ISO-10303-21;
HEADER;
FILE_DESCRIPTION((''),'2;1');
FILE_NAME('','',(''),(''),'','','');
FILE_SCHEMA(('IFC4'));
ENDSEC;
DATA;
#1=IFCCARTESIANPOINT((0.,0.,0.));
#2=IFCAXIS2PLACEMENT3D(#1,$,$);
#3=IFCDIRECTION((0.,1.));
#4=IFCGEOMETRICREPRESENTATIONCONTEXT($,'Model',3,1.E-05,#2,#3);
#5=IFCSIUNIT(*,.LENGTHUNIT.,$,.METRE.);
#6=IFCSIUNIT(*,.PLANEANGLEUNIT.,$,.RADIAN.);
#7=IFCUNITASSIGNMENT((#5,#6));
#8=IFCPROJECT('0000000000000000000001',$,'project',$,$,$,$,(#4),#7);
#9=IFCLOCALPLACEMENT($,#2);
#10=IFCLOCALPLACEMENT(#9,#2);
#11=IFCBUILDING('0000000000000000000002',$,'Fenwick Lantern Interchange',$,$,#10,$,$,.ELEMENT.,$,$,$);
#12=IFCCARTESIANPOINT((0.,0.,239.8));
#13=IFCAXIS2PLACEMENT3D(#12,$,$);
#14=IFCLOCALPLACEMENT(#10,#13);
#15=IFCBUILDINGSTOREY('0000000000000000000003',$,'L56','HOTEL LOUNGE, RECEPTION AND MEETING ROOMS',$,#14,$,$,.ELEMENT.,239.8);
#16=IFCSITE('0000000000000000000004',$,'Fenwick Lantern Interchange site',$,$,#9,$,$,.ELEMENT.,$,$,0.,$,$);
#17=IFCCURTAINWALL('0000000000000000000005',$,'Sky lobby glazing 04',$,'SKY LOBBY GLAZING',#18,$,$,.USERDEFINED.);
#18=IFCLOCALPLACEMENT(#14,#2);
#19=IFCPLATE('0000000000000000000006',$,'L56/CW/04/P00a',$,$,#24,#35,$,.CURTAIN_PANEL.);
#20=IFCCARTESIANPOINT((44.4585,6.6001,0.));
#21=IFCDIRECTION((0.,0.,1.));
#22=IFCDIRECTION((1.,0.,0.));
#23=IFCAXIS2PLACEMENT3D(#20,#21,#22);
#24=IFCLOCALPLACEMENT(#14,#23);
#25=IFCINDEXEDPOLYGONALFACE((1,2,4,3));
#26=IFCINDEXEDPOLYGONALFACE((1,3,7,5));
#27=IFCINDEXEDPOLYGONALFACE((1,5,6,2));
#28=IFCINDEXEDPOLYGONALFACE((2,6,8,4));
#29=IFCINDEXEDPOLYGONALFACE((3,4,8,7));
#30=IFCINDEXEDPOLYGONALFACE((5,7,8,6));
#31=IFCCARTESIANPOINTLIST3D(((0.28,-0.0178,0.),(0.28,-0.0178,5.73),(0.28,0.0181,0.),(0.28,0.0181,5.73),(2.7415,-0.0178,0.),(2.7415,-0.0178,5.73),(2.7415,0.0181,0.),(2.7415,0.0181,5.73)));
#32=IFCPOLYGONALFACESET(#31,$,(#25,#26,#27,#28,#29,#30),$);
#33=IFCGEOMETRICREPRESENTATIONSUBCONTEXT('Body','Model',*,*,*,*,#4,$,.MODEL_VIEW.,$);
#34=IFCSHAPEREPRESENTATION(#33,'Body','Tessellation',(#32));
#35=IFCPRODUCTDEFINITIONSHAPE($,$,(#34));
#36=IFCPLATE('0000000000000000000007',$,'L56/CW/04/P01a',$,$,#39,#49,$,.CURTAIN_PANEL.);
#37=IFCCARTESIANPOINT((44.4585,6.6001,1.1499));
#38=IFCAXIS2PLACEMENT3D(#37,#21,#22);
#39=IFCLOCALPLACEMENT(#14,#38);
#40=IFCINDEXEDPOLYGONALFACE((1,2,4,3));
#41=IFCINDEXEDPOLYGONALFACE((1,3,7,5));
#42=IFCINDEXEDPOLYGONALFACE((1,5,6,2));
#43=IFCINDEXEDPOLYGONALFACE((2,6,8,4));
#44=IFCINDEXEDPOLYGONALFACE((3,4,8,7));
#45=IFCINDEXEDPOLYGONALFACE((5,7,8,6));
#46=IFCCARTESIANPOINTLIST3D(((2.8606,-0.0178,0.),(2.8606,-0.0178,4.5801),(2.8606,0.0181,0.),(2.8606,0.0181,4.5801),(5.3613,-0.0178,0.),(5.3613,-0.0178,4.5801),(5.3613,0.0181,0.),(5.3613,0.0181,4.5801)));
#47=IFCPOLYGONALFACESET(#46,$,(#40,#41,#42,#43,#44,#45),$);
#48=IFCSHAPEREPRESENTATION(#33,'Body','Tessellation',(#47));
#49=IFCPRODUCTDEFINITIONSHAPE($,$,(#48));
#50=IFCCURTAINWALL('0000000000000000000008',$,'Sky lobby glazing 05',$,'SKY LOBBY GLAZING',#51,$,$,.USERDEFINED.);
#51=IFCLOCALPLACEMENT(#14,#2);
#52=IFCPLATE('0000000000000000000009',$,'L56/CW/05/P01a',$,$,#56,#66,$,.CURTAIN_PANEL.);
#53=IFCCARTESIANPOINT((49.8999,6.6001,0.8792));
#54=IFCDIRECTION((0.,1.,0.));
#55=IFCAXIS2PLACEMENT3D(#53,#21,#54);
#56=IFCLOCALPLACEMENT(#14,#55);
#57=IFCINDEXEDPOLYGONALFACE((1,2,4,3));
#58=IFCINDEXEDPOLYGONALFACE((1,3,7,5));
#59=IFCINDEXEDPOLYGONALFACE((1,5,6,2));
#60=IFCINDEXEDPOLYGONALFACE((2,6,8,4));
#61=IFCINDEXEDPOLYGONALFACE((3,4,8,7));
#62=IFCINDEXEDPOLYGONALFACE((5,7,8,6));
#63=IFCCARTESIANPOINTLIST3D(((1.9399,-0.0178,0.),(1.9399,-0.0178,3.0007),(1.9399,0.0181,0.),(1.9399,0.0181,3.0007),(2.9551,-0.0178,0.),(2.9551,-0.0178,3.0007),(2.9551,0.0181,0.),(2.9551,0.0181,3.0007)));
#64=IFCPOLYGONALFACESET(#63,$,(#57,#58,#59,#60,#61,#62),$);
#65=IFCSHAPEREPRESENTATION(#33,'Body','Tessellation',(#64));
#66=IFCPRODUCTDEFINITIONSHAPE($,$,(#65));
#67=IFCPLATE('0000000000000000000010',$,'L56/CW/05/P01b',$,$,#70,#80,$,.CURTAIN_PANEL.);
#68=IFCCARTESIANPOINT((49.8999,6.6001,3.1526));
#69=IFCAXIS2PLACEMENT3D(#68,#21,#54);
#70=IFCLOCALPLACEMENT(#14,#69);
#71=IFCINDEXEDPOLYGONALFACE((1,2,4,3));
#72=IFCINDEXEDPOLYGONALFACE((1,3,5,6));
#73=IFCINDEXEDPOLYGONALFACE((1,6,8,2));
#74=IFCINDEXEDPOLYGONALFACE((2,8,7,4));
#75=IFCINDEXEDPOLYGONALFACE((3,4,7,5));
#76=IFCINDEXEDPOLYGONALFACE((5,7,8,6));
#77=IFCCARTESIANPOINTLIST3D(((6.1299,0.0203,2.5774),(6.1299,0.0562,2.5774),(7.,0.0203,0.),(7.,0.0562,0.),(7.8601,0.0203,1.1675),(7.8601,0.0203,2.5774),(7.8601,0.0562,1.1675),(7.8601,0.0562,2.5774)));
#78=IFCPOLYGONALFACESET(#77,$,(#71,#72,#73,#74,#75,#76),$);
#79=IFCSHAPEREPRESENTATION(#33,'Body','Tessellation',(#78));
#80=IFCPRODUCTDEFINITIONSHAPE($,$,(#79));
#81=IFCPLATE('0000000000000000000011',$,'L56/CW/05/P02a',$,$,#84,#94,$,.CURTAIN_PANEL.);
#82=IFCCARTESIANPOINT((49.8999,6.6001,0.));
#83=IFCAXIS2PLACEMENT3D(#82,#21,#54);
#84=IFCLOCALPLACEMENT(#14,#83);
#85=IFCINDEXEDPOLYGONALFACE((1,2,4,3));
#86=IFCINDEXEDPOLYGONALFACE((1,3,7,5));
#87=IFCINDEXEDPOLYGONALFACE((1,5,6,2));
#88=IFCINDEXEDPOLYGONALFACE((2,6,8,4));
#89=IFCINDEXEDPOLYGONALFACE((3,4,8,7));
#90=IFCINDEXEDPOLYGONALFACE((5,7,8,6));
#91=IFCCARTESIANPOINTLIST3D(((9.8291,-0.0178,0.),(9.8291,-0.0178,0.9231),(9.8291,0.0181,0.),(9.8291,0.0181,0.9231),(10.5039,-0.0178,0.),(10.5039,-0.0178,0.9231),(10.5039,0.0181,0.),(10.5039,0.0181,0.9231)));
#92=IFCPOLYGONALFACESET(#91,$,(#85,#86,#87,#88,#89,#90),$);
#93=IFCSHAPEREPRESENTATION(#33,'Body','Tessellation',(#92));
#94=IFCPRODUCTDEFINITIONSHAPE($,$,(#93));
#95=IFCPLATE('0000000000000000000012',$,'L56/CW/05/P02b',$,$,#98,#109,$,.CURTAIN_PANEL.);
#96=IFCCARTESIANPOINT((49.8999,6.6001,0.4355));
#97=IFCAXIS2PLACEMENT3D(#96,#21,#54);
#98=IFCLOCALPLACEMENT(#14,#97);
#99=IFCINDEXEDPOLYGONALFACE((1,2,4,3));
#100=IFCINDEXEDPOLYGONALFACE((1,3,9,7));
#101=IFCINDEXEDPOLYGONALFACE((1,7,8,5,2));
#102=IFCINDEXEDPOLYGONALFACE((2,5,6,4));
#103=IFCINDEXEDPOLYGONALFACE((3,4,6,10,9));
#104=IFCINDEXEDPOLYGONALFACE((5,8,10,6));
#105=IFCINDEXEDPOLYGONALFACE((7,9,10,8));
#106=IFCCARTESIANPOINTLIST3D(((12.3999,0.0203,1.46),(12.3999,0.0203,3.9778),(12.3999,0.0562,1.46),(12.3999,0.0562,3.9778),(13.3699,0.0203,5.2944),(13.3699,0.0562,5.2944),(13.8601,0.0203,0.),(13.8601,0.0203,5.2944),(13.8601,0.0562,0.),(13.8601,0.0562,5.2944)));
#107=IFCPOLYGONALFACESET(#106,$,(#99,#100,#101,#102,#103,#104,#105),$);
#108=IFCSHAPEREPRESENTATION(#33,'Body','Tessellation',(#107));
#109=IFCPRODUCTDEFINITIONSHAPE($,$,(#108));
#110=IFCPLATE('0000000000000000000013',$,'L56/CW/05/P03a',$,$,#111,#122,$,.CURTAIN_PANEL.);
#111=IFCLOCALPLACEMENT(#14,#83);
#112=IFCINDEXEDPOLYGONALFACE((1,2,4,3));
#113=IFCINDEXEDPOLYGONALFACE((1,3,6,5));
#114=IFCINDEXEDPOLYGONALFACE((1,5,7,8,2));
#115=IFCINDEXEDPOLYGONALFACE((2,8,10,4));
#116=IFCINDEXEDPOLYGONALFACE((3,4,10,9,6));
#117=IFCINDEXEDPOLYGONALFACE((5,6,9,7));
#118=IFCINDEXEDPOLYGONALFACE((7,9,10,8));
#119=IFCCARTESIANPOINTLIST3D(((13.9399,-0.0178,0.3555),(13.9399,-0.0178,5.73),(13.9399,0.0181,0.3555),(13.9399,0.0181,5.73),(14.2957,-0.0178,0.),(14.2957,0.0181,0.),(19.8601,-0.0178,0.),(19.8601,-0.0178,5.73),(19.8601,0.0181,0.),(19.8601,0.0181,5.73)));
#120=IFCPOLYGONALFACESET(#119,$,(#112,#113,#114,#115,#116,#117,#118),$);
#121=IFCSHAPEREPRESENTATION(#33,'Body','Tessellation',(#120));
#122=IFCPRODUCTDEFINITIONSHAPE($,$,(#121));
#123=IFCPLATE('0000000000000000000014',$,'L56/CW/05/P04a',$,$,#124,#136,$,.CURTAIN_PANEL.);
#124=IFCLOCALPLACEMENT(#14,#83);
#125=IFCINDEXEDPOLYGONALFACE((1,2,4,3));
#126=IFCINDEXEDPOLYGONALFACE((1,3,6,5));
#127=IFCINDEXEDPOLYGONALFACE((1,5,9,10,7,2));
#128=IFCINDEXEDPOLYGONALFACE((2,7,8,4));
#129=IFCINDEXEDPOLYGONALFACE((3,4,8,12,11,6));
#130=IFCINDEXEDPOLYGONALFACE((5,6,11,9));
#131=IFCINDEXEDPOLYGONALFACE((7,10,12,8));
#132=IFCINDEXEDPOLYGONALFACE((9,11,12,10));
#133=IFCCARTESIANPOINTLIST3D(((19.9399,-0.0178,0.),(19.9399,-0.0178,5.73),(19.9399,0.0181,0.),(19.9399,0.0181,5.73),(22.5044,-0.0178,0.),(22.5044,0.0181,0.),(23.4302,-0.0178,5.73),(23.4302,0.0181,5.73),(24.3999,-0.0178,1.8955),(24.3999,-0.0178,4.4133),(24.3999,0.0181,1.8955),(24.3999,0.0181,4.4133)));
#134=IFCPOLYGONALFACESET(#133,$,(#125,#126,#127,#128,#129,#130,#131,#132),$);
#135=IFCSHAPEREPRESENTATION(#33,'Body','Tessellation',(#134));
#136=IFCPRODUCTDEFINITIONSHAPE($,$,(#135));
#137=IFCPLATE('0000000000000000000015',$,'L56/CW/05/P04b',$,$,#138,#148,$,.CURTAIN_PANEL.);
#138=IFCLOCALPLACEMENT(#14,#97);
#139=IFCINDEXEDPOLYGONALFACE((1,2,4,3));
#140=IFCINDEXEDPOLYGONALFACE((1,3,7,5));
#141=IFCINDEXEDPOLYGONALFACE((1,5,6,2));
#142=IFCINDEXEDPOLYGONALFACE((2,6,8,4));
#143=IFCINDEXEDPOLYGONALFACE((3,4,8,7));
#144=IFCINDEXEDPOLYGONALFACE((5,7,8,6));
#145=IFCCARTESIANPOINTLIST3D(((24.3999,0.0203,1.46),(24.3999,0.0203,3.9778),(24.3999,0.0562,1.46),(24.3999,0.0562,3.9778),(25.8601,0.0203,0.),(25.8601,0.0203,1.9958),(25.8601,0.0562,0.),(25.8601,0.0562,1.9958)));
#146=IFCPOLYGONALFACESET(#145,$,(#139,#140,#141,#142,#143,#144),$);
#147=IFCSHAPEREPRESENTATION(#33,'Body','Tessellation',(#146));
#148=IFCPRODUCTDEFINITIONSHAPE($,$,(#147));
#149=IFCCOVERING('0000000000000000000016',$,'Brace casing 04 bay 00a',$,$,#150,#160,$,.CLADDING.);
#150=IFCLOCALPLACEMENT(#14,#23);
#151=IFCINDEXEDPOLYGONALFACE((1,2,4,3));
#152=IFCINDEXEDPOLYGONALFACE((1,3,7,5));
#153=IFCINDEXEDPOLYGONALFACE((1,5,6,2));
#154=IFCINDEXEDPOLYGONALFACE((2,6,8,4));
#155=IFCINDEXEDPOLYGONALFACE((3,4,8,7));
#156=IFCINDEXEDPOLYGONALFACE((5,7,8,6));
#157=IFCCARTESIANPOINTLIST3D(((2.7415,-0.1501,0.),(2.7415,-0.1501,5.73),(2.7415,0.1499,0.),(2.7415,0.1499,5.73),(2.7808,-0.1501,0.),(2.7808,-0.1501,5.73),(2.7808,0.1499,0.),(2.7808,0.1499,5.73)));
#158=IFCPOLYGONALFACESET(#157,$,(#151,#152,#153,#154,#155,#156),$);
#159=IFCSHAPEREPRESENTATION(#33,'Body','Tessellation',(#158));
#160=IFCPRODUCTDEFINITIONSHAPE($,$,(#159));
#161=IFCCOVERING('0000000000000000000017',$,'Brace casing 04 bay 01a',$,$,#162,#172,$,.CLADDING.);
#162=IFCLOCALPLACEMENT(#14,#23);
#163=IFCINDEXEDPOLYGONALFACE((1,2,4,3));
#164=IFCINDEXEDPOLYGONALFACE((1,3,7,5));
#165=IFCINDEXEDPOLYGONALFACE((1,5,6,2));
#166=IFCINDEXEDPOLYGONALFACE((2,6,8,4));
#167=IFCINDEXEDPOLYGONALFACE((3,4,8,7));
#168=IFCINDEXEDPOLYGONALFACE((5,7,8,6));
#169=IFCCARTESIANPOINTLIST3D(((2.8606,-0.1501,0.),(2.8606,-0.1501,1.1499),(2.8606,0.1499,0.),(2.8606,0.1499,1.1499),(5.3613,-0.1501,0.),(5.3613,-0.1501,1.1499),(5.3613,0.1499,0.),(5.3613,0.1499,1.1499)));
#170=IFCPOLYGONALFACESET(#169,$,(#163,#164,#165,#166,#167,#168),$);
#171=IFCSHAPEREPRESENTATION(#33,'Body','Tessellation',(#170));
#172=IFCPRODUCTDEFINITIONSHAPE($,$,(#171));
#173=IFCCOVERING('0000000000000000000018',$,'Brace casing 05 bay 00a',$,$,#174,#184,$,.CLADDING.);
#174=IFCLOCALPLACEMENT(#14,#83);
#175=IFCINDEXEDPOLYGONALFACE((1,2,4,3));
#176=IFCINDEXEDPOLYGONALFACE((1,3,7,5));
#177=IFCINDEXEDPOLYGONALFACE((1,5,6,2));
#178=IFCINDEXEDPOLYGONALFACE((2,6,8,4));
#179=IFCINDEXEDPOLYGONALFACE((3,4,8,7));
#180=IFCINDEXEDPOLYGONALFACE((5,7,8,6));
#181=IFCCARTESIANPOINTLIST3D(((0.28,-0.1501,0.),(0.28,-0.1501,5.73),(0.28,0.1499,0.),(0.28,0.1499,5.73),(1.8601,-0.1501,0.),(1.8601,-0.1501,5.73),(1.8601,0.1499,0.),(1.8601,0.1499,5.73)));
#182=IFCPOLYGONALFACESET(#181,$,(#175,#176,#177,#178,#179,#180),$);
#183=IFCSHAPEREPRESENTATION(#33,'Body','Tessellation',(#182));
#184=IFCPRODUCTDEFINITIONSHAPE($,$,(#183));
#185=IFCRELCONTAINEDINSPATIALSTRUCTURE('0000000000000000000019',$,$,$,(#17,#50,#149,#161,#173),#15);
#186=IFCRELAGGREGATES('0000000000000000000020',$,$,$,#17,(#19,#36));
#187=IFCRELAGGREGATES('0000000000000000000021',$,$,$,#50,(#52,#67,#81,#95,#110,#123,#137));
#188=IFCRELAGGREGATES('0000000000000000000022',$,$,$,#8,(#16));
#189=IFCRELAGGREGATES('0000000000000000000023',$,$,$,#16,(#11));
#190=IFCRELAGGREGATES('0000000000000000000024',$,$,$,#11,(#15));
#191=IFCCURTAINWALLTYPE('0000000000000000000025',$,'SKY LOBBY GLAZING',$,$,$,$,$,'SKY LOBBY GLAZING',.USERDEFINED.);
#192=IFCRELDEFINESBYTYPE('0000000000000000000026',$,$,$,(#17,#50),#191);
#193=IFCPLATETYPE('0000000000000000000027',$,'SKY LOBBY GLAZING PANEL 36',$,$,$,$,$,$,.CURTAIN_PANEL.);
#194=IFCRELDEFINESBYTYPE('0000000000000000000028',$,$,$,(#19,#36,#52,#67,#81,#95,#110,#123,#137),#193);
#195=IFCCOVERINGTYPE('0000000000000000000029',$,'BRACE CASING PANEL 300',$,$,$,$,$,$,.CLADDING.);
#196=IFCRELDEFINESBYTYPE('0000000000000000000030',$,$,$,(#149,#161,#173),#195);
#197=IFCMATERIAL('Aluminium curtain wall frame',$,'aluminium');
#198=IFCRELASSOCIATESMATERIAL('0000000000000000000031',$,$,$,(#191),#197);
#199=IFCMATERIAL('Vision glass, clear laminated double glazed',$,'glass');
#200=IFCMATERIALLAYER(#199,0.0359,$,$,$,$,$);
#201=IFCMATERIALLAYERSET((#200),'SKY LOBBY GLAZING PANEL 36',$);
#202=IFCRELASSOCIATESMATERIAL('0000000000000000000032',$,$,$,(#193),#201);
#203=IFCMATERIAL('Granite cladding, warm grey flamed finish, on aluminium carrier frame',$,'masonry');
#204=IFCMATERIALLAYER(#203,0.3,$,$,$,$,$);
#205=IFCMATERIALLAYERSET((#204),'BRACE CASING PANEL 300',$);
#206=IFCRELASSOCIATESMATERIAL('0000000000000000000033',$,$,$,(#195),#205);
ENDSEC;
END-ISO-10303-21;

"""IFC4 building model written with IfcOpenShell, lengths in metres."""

from ifc_helpers import new_model, si_unit, direction, frame, origin, place, context, subcontext, project, spatial, polyline, outline, extrude, material, layer, layer_set, type_object, element, aggregate, save


model = new_model("IFC4")

# Units and contexts
model_context = context("Model", 3, precision=1e-05, world=origin(), true_north=direction((0.0, 1.0)))
body_context = subcontext(model_context, "Body", "Model", "MODEL_VIEW")
ifc_project = project(units=[si_unit("LENGTHUNIT", "METRE"), si_unit("PLANEANGLEUNIT", "RADIAN")], contexts=[model_context])

# Site, building, storey
site_placement = place(None, origin())
site = spatial("IfcSite", under=ifc_project, at=site_placement, Name="Fenwick Lantern Interchange site", CompositionType="ELEMENT", RefElevation=0.0)
building_placement = place(site_placement, origin())
building = spatial("IfcBuilding", under=site, at=building_placement, Name="Fenwick Lantern Interchange", CompositionType="ELEMENT")
storey_placement = place(building_placement, frame((0.0, 0.0, 239.8)))
storey = spatial("IfcBuildingStorey", under=building, at=storey_placement, Name="L56", Description="HOTEL LOUNGE, RECEPTION AND MEETING ROOMS", CompositionType="ELEMENT", Elevation=239.8)

# Curtain wall
ifc_material_1 = material(Name="Aluminium curtain wall frame", Category="aluminium")
curtain_wall_type = type_object("IfcCurtainWallType", Name="SKY LOBBY GLAZING", ElementType="SKY LOBBY GLAZING", PredefinedType="USERDEFINED", material=ifc_material_1)
curtain_wall_1_placement = place(storey_placement, origin())
curtain_wall_1 = element("IfcCurtainWall", 1, at=curtain_wall_1_placement, inside=storey, type_object=curtain_wall_type, Name="Sky lobby glazing 04", ObjectType="SKY LOBBY GLAZING", PredefinedType="USERDEFINED")

# Plates
ifc_material_2 = material(Name="Vision glass, clear laminated double glazed", Category="glass")
ifc_layer_1 = layer(ifc_material_2, 0.0359)
ifc_layer_set_1 = layer_set([ifc_layer_1], Name="SKY LOBBY GLAZING PANEL 36")
plate_type = type_object("IfcPlateType", Name="SKY LOBBY GLAZING PANEL 36", PredefinedType="CURTAIN_PANEL", material=ifc_layer_set_1)
plate_1_placement = place(storey_placement, frame((44.4585, 6.6001, 0.0), z_axis=(0.0, 0.0, 1.0), x_axis=(1.0, 0.0, 0.0)))
plate_1 = element("IfcPlate", 2, at=plate_1_placement, type_object=plate_type, Name="L56/CW/04/P00a", PredefinedType="CURTAIN_PANEL", context=body_context, shape_type="SweptSolid", body=[
    extrude(outline(polyline([(0.28, 0.0), (2.7415, 0.0), (2.7415, 5.73), (0.28, 5.73), (0.28, 0.0)])), frame((0.0, 0.0181, 0.0), z_axis=(0.0, -1.0, 0.0), x_axis=(1.0, 0.0, 0.0)), (0.0, 0.0, 1.0), 0.0359),
])
plate_2_placement = place(storey_placement, frame((44.4585, 6.6001, 1.1499), z_axis=(0.0, 0.0, 1.0), x_axis=(1.0, 0.0, 0.0)))
plate_2 = element("IfcPlate", 3, at=plate_2_placement, type_object=plate_type, Name="L56/CW/04/P01a", PredefinedType="CURTAIN_PANEL", context=body_context, shape_type="SweptSolid", body=[
    extrude(outline(polyline([(2.8606, 0.0), (5.3613, 0.0), (5.3613, 4.5801), (2.8606, 4.5801), (2.8606, 0.0)])), frame((0.0, 0.0181, 0.0), z_axis=(0.0, -1.0, 0.0), x_axis=(1.0, 0.0, 0.0)), (0.0, 0.0, 1.0), 0.0359),
])
aggregate(curtain_wall_1, [plate_1, plate_2])

# Curtain wall, plates
curtain_wall_2_placement = place(storey_placement, origin())
curtain_wall_2 = element("IfcCurtainWall", 4, at=curtain_wall_2_placement, inside=storey, type_object=curtain_wall_type, Name="Sky lobby glazing 05", ObjectType="SKY LOBBY GLAZING", PredefinedType="USERDEFINED")
plate_3_placement = place(storey_placement, frame((49.8999, 6.6001, 0.8792), z_axis=(0.0, 0.0, 1.0), x_axis=(0.0, 1.0, 0.0)))
plate_3 = element("IfcPlate", 5, at=plate_3_placement, type_object=plate_type, Name="L56/CW/05/P01a", PredefinedType="CURTAIN_PANEL", context=body_context, shape_type="SweptSolid", body=[
    extrude(outline(polyline([(1.9399, 0.0), (2.9551, 0.0), (2.9551, 3.0007), (1.9399, 3.0007), (1.9399, 0.0)])), frame((0.0, 0.0181, 0.0), z_axis=(0.0, -1.0, 0.0), x_axis=(1.0, 0.0, 0.0)), (0.0, 0.0, 1.0), 0.0359),
])
plate_4_placement = place(storey_placement, frame((49.8999, 6.6001, 3.1526), z_axis=(0.0, 0.0, 1.0), x_axis=(0.0, 1.0, 0.0)))
plate_4 = element("IfcPlate", 6, at=plate_4_placement, type_object=plate_type, Name="L56/CW/05/P01b", PredefinedType="CURTAIN_PANEL", context=body_context, shape_type="SweptSolid", body=[
    extrude(outline(polyline([(7.0, 0.0), (7.8601, 1.1675), (7.8601, 2.5774), (6.1299, 2.5774), (7.0, 0.0)])), frame((0.0, 0.0562, 0.0), z_axis=(0.0, -1.0, 0.0), x_axis=(1.0, 0.0, 0.0)), (0.0, 0.0, 1.0), 0.0359),
])
plate_5_placement = place(storey_placement, frame((49.8999, 6.6001, 0.0), z_axis=(0.0, 0.0, 1.0), x_axis=(0.0, 1.0, 0.0)))
plate_5 = element("IfcPlate", 7, at=plate_5_placement, type_object=plate_type, Name="L56/CW/05/P02a", PredefinedType="CURTAIN_PANEL", context=body_context, shape_type="SweptSolid", body=[
    extrude(outline(polyline([(9.8291, 0.0), (10.5039, 0.0), (10.5039, 0.9231), (9.8291, 0.9231), (9.8291, 0.0)])), frame((0.0, 0.0181, 0.0), z_axis=(0.0, -1.0, 0.0), x_axis=(1.0, 0.0, 0.0)), (0.0, 0.0, 1.0), 0.0359),
])
plate_6_placement = place(storey_placement, frame((49.8999, 6.6001, 0.4355), z_axis=(0.0, 0.0, 1.0), x_axis=(0.0, 1.0, 0.0)))
plate_6 = element("IfcPlate", 8, at=plate_6_placement, type_object=plate_type, Name="L56/CW/05/P02b", PredefinedType="CURTAIN_PANEL", context=body_context, shape_type="SweptSolid", body=[
    extrude(outline(polyline([(13.8601, 0.0), (13.8601, 5.2944), (13.3699, 5.2944), (12.3999, 3.9778), (12.3999, 1.46), (13.8601, 0.0)])), frame((0.0, 0.0562, 0.0), z_axis=(0.0, -1.0, 0.0), x_axis=(1.0, 0.0, 0.0)), (0.0, 0.0, 1.0), 0.0359),
])
plate_7_placement = place(storey_placement, frame((49.8999, 6.6001, 0.0), z_axis=(0.0, 0.0, 1.0), x_axis=(0.0, 1.0, 0.0)))
plate_7 = element("IfcPlate", 9, at=plate_7_placement, type_object=plate_type, Name="L56/CW/05/P03a", PredefinedType="CURTAIN_PANEL", context=body_context, shape_type="SweptSolid", body=[
    extrude(outline(polyline([(14.2957, 0.0), (19.8601, 0.0), (19.8601, 5.73), (13.9399, 5.73), (13.9399, 0.3555), (14.2957, 0.0)])), frame((0.0, 0.0181, 0.0), z_axis=(0.0, -1.0, 0.0), x_axis=(1.0, 0.0, 0.0)), (0.0, 0.0, 1.0), 0.0359),
])
plate_8_placement = place(storey_placement, frame((49.8999, 6.6001, 0.0), z_axis=(0.0, 0.0, 1.0), x_axis=(0.0, 1.0, 0.0)))
plate_8 = element("IfcPlate", 10, at=plate_8_placement, type_object=plate_type, Name="L56/CW/05/P04a", PredefinedType="CURTAIN_PANEL", context=body_context, shape_type="SweptSolid", body=[
    extrude(outline(polyline([(19.9399, 0.0), (22.5044, 0.0), (24.3999, 1.8955), (24.3999, 4.4133), (23.4302, 5.73), (19.9399, 5.73), (19.9399, 0.0)])), frame((0.0, 0.0181, 0.0), z_axis=(0.0, -1.0, 0.0), x_axis=(1.0, 0.0, 0.0)), (0.0, 0.0, 1.0), 0.0359),
])
plate_9_placement = place(storey_placement, frame((49.8999, 6.6001, 0.4355), z_axis=(0.0, 0.0, 1.0), x_axis=(0.0, 1.0, 0.0)))
plate_9 = element("IfcPlate", 11, at=plate_9_placement, type_object=plate_type, Name="L56/CW/05/P04b", PredefinedType="CURTAIN_PANEL", context=body_context, shape_type="SweptSolid", body=[
    extrude(outline(polyline([(25.8601, 0.0), (25.8601, 1.9958), (24.3999, 3.9778), (24.3999, 1.46), (25.8601, 0.0)])), frame((0.0, 0.0562, 0.0), z_axis=(0.0, -1.0, 0.0), x_axis=(1.0, 0.0, 0.0)), (0.0, 0.0, 1.0), 0.0359),
])
aggregate(curtain_wall_2, [plate_3, plate_4, plate_5, plate_6, plate_7, plate_8, plate_9])

# Coverings
ifc_material_3 = material(Name="Granite cladding, warm grey flamed finish, on aluminium carrier frame", Category="masonry")
ifc_layer_2 = layer(ifc_material_3, 0.3)
ifc_layer_set_2 = layer_set([ifc_layer_2], Name="BRACE CASING PANEL 300")
covering_type = type_object("IfcCoveringType", Name="BRACE CASING PANEL 300", PredefinedType="CLADDING", material=ifc_layer_set_2)
covering_1_placement = place(storey_placement, frame((44.4585, 6.6001, 0.0), z_axis=(0.0, 0.0, 1.0), x_axis=(1.0, 0.0, 0.0)))
element("IfcCovering", 12, at=covering_1_placement, inside=storey, type_object=covering_type, Name="Brace casing 04 bay 00a", PredefinedType="CLADDING", context=body_context, shape_type="SweptSolid", body=[
    extrude(outline(polyline([(2.7415, 0.0), (2.7808, 0.0), (2.7808, 5.73), (2.7415, 5.73), (2.7415, 0.0)])), frame((0.0, 0.1499, 0.0), z_axis=(0.0, -1.0, 0.0), x_axis=(1.0, 0.0, 0.0)), (0.0, 0.0, 1.0), 0.3),
])
covering_2_placement = place(storey_placement, frame((44.4585, 6.6001, 0.0), z_axis=(0.0, 0.0, 1.0), x_axis=(1.0, 0.0, 0.0)))
element("IfcCovering", 13, at=covering_2_placement, inside=storey, type_object=covering_type, Name="Brace casing 04 bay 01a", PredefinedType="CLADDING", context=body_context, shape_type="SweptSolid", body=[
    extrude(outline(polyline([(2.8606, 0.0), (5.3613, 0.0), (5.3613, 1.1499), (2.8606, 1.1499), (2.8606, 0.0)])), frame((0.0, 0.1499, 0.0), z_axis=(0.0, -1.0, 0.0), x_axis=(1.0, 0.0, 0.0)), (0.0, 0.0, 1.0), 0.3),
])
covering_3_placement = place(storey_placement, frame((49.8999, 6.6001, 0.0), z_axis=(0.0, 0.0, 1.0), x_axis=(0.0, 1.0, 0.0)))
element("IfcCovering", 14, at=covering_3_placement, inside=storey, type_object=covering_type, Name="Brace casing 05 bay 00a", PredefinedType="CLADDING", context=body_context, shape_type="SweptSolid", body=[
    extrude(outline(polyline([(0.28, 0.0), (1.8601, 0.0), (1.8601, 5.73), (0.28, 5.73), (0.28, 0.0)])), frame((0.0, 0.1499, 0.0), z_axis=(0.0, -1.0, 0.0), x_axis=(1.0, 0.0, 0.0)), (0.0, 0.0, 1.0), 0.3),
])

save(model, "model.ifc")
